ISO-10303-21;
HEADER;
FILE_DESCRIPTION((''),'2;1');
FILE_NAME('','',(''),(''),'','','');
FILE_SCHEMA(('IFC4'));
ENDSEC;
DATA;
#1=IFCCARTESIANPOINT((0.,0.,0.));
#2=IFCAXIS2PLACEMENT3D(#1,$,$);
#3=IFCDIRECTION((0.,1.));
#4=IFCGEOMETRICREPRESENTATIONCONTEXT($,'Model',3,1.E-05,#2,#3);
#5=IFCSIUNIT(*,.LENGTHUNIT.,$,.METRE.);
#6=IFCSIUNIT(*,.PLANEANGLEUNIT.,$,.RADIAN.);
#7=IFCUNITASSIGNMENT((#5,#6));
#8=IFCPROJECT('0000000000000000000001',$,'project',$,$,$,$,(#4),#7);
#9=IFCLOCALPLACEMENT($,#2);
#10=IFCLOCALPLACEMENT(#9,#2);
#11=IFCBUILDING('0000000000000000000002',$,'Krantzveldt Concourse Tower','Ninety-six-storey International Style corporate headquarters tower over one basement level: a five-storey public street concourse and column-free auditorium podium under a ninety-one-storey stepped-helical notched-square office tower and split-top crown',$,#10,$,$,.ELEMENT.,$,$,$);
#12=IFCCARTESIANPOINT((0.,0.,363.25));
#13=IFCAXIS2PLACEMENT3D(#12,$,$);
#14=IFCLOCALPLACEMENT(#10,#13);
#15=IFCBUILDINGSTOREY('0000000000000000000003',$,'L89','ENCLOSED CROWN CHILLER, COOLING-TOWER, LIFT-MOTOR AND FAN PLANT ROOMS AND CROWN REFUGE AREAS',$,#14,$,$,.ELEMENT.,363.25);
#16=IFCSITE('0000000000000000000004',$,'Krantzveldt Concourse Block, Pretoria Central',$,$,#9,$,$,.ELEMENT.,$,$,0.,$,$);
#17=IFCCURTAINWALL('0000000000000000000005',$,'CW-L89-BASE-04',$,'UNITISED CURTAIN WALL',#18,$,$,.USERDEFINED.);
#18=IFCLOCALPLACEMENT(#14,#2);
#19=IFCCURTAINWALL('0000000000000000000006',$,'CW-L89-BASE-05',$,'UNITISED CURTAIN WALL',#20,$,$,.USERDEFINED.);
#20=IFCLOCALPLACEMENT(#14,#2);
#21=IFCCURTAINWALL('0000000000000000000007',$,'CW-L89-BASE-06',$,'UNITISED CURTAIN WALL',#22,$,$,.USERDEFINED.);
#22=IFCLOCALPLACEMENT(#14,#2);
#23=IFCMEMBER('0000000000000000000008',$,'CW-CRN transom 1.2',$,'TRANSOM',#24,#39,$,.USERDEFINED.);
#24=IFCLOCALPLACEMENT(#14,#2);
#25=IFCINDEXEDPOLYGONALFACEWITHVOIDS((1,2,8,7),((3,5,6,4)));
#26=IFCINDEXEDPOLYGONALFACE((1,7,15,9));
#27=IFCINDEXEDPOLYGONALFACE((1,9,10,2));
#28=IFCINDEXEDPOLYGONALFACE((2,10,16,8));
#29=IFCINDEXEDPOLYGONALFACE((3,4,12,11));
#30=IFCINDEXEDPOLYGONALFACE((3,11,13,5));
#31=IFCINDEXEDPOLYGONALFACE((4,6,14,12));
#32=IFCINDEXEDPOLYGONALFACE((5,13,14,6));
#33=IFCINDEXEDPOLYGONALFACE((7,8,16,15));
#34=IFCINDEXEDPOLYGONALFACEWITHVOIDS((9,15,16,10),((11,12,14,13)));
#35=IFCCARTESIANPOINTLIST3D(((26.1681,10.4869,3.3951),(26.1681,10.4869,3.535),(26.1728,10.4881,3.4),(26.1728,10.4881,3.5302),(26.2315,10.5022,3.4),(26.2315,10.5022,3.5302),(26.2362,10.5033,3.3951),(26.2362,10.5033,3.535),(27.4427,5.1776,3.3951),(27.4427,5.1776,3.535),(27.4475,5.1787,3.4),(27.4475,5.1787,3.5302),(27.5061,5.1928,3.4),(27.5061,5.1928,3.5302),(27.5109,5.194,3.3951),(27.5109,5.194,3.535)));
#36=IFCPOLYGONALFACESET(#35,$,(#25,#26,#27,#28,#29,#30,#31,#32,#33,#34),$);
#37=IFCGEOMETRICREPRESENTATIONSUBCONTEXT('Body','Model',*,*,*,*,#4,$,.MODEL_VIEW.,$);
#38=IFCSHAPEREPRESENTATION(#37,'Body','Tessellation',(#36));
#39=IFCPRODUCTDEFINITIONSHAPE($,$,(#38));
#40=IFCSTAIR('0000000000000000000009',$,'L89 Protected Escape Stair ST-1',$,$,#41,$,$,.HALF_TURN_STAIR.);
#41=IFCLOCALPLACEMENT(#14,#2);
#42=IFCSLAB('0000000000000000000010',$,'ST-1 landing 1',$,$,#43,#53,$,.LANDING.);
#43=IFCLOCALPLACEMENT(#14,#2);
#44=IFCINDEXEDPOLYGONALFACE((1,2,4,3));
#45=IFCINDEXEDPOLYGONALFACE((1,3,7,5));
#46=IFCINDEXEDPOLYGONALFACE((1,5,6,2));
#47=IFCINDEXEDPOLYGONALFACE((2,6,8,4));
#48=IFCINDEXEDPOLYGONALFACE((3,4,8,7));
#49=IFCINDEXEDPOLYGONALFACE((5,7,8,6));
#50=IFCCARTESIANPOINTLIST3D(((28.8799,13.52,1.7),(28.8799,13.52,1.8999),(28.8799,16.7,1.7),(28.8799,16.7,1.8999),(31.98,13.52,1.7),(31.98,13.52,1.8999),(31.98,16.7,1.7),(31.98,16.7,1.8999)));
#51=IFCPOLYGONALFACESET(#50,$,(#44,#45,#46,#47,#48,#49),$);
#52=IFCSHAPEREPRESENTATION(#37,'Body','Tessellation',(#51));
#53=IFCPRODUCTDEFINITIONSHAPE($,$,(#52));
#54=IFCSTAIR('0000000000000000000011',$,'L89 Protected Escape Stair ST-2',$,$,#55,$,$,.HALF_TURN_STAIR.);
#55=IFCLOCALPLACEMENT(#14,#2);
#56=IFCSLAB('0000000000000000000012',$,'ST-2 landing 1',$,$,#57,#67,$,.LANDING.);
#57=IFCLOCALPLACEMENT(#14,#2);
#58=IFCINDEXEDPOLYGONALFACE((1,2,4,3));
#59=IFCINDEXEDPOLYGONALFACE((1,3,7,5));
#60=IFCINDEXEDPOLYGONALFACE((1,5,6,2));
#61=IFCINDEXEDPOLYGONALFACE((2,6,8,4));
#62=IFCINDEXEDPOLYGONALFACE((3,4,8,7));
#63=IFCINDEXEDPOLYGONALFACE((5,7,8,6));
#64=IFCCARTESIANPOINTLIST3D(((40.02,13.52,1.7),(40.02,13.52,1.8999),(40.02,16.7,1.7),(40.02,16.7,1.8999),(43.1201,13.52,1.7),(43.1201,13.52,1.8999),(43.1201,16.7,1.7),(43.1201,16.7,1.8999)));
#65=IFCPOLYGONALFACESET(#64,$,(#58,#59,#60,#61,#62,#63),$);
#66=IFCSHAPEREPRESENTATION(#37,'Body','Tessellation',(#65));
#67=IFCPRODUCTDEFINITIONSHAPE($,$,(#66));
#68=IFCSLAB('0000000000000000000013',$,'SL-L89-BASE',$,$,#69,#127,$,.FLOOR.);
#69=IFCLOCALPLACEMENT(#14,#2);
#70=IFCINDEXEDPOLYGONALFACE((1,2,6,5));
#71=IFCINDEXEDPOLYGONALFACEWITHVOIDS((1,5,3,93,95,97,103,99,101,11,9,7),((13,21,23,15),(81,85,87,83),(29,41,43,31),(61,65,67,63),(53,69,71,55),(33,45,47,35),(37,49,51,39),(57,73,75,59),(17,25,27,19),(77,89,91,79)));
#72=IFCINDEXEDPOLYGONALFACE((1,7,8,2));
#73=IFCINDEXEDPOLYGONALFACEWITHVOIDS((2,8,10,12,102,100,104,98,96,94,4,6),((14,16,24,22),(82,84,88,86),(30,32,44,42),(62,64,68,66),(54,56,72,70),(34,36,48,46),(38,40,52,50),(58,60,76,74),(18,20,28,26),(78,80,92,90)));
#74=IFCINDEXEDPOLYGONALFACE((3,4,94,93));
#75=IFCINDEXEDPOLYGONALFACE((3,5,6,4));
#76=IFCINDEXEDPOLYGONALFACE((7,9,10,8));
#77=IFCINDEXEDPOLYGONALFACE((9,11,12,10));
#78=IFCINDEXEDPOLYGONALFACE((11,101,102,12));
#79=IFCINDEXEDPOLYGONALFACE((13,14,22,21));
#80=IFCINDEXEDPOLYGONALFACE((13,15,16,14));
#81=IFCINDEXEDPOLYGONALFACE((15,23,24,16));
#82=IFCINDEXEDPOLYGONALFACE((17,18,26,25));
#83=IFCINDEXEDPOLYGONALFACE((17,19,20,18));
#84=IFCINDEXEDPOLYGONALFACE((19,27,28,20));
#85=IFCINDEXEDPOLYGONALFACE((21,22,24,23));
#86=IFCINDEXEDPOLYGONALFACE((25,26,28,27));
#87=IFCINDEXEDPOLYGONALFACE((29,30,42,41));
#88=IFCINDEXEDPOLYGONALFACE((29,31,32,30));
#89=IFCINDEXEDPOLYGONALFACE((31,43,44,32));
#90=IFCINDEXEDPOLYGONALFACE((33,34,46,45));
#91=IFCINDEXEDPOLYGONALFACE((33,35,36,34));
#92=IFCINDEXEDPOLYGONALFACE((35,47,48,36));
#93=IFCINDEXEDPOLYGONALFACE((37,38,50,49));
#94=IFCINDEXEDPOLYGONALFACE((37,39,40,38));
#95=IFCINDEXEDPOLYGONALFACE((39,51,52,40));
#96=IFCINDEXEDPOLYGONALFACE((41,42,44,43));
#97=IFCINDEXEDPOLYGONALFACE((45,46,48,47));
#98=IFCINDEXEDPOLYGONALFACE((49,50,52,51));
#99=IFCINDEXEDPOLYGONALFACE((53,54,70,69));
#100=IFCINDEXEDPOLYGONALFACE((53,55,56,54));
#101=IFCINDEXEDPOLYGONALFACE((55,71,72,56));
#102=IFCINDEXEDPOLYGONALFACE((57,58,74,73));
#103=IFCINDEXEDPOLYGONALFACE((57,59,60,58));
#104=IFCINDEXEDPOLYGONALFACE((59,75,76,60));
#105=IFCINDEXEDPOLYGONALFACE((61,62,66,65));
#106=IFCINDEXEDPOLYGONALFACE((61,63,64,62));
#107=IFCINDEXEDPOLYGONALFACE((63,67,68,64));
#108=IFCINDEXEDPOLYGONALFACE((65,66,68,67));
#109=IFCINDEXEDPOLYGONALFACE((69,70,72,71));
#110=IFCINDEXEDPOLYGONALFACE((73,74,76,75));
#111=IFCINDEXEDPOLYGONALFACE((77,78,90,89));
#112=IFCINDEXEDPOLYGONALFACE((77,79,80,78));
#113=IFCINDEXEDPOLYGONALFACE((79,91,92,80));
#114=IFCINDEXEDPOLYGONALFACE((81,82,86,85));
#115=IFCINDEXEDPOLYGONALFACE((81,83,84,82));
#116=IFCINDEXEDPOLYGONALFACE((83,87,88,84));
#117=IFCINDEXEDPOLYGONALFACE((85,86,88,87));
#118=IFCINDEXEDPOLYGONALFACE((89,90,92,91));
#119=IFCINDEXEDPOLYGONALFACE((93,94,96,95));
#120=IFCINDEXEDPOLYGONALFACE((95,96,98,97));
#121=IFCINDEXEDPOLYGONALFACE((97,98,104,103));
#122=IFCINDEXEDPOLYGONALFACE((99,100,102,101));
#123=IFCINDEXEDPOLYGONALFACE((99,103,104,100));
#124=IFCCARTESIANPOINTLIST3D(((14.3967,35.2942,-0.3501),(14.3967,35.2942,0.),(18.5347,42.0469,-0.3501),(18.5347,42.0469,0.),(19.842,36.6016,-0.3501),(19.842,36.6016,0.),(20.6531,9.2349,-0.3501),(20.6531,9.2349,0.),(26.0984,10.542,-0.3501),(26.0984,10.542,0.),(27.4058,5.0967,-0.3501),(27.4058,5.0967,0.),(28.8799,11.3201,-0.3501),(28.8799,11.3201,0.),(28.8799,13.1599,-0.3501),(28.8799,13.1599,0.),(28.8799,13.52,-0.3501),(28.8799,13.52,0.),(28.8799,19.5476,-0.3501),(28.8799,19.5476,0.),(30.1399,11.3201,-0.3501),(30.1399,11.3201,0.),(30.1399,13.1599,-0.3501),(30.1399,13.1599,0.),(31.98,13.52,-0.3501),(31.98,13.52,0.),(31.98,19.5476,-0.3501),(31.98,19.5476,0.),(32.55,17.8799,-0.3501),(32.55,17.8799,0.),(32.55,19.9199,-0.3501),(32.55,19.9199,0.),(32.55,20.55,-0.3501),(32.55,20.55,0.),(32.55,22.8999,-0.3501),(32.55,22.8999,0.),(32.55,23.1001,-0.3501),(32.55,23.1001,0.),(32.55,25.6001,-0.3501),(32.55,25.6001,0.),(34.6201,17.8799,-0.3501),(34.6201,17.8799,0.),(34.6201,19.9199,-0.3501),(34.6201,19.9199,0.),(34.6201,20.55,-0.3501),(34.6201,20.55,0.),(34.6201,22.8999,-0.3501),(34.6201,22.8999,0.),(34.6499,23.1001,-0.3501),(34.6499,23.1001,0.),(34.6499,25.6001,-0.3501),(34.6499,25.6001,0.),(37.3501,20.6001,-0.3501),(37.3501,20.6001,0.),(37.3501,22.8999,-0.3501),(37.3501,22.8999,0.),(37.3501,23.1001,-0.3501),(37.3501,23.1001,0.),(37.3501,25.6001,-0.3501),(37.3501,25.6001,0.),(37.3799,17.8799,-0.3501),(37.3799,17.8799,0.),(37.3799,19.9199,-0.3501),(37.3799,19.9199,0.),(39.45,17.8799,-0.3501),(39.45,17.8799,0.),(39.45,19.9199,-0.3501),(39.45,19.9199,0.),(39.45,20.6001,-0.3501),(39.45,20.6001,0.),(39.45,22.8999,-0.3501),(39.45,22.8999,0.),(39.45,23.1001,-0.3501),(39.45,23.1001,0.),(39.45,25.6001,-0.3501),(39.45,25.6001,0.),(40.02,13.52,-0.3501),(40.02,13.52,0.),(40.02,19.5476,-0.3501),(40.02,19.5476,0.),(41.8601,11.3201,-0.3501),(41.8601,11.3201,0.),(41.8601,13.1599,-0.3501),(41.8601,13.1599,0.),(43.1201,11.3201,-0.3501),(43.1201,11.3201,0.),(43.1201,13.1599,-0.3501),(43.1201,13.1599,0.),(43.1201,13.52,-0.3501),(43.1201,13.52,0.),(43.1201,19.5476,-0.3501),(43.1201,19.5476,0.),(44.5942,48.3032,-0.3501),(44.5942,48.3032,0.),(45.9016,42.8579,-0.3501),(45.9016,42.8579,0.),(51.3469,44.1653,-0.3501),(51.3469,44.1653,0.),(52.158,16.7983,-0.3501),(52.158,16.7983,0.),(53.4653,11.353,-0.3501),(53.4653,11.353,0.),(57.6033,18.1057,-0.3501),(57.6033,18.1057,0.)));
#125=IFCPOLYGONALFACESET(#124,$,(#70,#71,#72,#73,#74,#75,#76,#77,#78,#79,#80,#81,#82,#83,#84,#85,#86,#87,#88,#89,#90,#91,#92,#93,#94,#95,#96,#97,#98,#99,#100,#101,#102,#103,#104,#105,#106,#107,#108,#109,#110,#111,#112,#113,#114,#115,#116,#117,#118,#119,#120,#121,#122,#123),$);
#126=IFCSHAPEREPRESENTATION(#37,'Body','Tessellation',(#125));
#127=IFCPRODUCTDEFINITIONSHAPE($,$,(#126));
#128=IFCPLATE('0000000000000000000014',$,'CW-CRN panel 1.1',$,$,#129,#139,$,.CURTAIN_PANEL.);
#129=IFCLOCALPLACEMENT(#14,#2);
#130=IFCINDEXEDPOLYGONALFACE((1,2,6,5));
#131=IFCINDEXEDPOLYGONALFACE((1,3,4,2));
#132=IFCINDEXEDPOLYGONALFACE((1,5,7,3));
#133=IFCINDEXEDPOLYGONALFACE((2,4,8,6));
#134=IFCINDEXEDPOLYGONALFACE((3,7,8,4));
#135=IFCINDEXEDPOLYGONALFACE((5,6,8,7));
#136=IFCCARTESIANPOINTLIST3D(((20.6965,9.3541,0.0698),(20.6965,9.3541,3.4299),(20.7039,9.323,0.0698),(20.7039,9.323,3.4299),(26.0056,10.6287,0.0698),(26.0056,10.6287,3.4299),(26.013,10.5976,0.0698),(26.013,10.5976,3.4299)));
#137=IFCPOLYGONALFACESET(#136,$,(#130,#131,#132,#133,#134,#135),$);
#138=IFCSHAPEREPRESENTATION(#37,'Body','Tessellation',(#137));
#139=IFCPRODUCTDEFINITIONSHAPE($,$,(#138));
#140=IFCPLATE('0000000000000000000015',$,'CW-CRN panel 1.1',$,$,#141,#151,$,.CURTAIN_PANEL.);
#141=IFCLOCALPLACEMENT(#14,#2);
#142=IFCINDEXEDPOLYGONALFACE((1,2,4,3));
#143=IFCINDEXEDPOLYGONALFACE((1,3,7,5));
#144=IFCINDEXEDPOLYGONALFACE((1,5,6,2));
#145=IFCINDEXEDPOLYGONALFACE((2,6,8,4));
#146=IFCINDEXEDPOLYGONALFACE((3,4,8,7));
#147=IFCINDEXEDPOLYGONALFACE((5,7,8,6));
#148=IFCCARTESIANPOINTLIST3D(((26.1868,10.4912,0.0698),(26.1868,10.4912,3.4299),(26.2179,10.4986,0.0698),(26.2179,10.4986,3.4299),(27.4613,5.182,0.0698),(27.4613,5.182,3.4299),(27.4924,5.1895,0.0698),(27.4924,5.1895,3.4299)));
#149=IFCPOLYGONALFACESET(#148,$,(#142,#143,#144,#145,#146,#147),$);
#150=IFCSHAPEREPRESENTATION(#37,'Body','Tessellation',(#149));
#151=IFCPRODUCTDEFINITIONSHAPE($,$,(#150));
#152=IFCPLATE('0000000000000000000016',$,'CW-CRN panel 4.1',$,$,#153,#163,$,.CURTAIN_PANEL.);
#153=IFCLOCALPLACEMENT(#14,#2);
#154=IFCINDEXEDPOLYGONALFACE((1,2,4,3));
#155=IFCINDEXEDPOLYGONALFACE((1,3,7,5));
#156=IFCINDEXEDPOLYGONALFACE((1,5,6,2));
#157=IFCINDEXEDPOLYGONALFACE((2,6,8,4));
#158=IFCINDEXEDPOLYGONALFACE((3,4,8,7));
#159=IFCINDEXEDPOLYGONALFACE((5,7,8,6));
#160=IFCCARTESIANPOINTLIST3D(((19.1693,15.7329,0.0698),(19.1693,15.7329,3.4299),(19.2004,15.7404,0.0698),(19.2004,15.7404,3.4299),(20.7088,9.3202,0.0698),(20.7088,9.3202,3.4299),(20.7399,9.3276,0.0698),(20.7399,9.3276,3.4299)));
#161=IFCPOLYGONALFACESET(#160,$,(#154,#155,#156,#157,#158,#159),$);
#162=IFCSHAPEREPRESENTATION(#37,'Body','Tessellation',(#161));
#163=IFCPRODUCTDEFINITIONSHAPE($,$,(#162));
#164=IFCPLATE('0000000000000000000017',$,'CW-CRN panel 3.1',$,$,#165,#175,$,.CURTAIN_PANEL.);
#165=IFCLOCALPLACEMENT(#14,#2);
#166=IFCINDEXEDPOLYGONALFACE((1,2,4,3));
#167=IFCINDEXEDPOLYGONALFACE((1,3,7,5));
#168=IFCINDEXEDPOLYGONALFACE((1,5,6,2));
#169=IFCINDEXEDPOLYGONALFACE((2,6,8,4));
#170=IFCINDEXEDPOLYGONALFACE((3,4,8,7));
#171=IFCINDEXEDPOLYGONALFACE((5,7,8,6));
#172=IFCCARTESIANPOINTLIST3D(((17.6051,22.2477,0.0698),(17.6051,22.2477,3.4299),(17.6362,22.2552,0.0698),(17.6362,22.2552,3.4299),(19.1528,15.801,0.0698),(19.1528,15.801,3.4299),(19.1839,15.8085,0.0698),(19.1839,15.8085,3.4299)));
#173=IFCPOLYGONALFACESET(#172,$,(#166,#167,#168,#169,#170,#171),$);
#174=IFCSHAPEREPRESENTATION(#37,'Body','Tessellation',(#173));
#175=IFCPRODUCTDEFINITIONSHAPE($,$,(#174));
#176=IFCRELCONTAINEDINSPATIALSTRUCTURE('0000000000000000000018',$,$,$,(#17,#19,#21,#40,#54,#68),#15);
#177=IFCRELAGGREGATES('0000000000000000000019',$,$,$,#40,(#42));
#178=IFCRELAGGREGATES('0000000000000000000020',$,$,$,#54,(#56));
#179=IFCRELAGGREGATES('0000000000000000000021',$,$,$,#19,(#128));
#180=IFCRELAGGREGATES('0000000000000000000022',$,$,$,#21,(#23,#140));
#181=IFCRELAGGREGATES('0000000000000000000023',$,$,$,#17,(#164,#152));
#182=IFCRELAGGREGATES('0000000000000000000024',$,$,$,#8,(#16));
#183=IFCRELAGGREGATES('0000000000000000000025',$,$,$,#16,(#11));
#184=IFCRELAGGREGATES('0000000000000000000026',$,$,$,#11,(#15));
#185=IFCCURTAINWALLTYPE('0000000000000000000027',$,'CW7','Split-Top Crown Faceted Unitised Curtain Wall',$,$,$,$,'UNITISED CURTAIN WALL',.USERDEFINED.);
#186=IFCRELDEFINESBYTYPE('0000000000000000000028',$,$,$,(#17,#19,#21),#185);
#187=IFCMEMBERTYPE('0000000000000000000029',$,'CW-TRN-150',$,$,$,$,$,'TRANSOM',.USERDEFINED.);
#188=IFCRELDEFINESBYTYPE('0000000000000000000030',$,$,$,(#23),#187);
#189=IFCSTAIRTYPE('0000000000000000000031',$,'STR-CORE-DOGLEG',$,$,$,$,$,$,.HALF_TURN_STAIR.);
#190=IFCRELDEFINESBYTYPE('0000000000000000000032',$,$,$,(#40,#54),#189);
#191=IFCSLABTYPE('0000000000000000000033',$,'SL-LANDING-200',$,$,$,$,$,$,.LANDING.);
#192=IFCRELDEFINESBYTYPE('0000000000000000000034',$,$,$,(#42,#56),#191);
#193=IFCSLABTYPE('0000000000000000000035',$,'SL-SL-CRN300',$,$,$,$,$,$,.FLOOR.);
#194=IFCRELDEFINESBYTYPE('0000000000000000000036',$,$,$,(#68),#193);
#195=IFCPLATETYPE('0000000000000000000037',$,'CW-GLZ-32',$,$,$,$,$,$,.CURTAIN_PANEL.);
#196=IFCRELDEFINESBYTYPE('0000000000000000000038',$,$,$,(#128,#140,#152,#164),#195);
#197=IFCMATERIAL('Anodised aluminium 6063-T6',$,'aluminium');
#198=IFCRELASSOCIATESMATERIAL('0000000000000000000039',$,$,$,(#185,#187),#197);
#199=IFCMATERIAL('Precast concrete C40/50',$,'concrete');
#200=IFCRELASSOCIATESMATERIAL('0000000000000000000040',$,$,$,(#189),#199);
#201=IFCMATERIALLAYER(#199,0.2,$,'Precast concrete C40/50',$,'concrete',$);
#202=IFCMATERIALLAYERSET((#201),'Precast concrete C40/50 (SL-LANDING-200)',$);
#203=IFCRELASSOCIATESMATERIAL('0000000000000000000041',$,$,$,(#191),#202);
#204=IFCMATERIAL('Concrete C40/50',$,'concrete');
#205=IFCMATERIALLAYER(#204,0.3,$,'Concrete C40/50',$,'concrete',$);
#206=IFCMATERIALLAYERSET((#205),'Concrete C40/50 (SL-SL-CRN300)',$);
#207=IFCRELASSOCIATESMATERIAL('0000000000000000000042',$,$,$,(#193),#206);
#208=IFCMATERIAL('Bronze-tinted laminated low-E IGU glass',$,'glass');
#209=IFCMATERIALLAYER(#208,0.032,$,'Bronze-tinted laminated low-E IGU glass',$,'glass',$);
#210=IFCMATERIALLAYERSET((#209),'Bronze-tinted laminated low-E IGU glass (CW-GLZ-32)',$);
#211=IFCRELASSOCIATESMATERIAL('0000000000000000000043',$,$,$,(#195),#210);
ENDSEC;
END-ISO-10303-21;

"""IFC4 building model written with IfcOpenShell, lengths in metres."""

from ifc_helpers import new_model, si_unit, direction, frame, origin, origin_2d, place, context, subcontext, project, spatial, polyline, rectangle, hollow_rectangle, outline, extrude, source, transform, mapped, material, layer, layer_set, material_profile, profile_set, type_object, type_shapes, element, aggregate, save


model = new_model("IFC4")

# Units and contexts
model_context = context("Model", 3, precision=1e-05, world=origin(), true_north=direction((0.0, 1.0)))
body_context = subcontext(model_context, "Body", "Model", "MODEL_VIEW")
ifc_project = project(units=[si_unit("LENGTHUNIT", "METRE"), si_unit("PLANEANGLEUNIT", "RADIAN")], contexts=[model_context])

# Site, building, storey
site_placement = place(None, origin())
site = spatial("IfcSite", under=ifc_project, at=site_placement, Name="Krantzveldt Concourse Block, Pretoria Central", CompositionType="ELEMENT", RefElevation=0.0)
building_placement = place(site_placement, origin())
building = spatial("IfcBuilding", under=site, at=building_placement, Name="Krantzveldt Concourse Tower", Description="Ninety-six-storey International Style corporate headquarters tower over one basement level: a five-storey public street concourse and column-free auditorium podium under a ninety-one-storey stepped-helical notched-square office tower and split-top crown", CompositionType="ELEMENT")
storey_placement = place(building_placement, frame((0.0, 0.0, 363.25)))
storey = spatial("IfcBuildingStorey", under=building, at=storey_placement, Name="L89", Description="ENCLOSED CROWN CHILLER, COOLING-TOWER, LIFT-MOTOR AND FAN PLANT ROOMS AND CROWN REFUGE AREAS", CompositionType="ELEMENT", Elevation=363.25)

# Curtain walls
ifc_material_1 = material(Name="Anodised aluminium 6063-T6", Category="aluminium")
curtain_wall_type = type_object("IfcCurtainWallType", Name="CW7", Description="Split-Top Crown Faceted Unitised Curtain Wall", ElementType="UNITISED CURTAIN WALL", PredefinedType="USERDEFINED", material=ifc_material_1)
curtain_wall_1_placement = place(storey_placement, origin())
curtain_wall_1 = element("IfcCurtainWall", 1, at=curtain_wall_1_placement, inside=storey, type_object=curtain_wall_type, Name="CW-L89-BASE-04", ObjectType="UNITISED CURTAIN WALL", PredefinedType="USERDEFINED")
ifc_material_profile_1 = material_profile(ifc_material_1, hollow_rectangle(XDim=0.0701, YDim=0.1399, WallThickness=0.0049, at=origin_2d()), Name="Anodised aluminium 6063-T6", Category="aluminium")
ifc_profile_set_1 = profile_set([ifc_material_profile_1], Name="Anodised aluminium 6063-T6 - ALU-TRAN 140x70x5")
member_type_1 = type_object("IfcMemberType", Name="CW-TRN-150", ElementType="TRANSOM", PredefinedType="USERDEFINED", material=ifc_profile_set_1)
curtain_wall_2_placement = place(storey_placement, origin())
curtain_wall_2 = element("IfcCurtainWall", 2, at=curtain_wall_2_placement, inside=storey, type_object=curtain_wall_type, Name="CW-L89-BASE-05", ObjectType="UNITISED CURTAIN WALL", PredefinedType="USERDEFINED")

# Curtain wall
curtain_wall_3_placement = place(storey_placement, origin())
curtain_wall_3 = element("IfcCurtainWall", 3, at=curtain_wall_3_placement, inside=storey, type_object=curtain_wall_type, Name="CW-L89-BASE-06", ObjectType="UNITISED CURTAIN WALL", PredefinedType="USERDEFINED")

# Member
shared_shape_1 = source(origin(), body_context, "Body", "SweptSolid", [
    extrude(hollow_rectangle(XDim=0.0701, YDim=0.1399, WallThickness=0.0049, at=origin_2d()), origin(), (0.0, 0.0, 1.0), 5.4602),
])
member_1_placement = place(storey_placement, frame((26.2021, 10.4951, 3.4651), z_axis=(0.233446, -0.97237, 0.0), x_axis=(0.97237, 0.233446, 0.0)))
member_1 = element("IfcMember", 4, at=member_1_placement, type_object=member_type_1, Name="CW-CRN transom 1.2", ObjectType="TRANSOM", PredefinedType="USERDEFINED", context=body_context, shape_type="MappedRepresentation", body=[
    mapped(shared_shape_1, transform((0.0, 0.0, 0.0), x_axis=(1.0, 0.0, 0.0), y_axis=(0.0, 1.0, 0.0), z_axis=(0.0, 0.0, 1.0), scale=1.0)),
])

# Stairs, slabs
ifc_material_2 = material(Name="Precast concrete C40/50", Category="concrete")
stair_type = type_object("IfcStairType", Name="STR-CORE-DOGLEG", PredefinedType="HALF_TURN_STAIR", material=ifc_material_2)
stair_1_placement = place(storey_placement, origin())
stair_1 = element("IfcStair", 5, at=stair_1_placement, inside=storey, type_object=stair_type, Name="L89 Protected Escape Stair ST-1", PredefinedType="HALF_TURN_STAIR")
ifc_layer_1 = layer(ifc_material_2, 0.2, Name="Precast concrete C40/50", Category="concrete")
ifc_layer_set_1 = layer_set([ifc_layer_1], Name="Precast concrete C40/50 (SL-LANDING-200)")
slab_type_1 = type_object("IfcSlabType", Name="SL-LANDING-200", PredefinedType="LANDING", material=ifc_layer_set_1)
slab_1_placement = place(storey_placement, frame((0.0, 0.0, 1.7)))
slab_1 = element("IfcSlab", 6, at=slab_1_placement, type_object=slab_type_1, Name="ST-1 landing 1", PredefinedType="LANDING", context=body_context, shape_type="SweptSolid", body=[
    extrude(outline(polyline([(28.8799, 16.7), (28.8799, 13.52), (31.98, 13.52), (31.98, 16.7), (28.8799, 16.7)])), origin(), (0.0, 0.0, 1.0), 0.2),
])
aggregate(stair_1, [slab_1])
stair_2_placement = place(storey_placement, origin())
stair_2 = element("IfcStair", 7, at=stair_2_placement, inside=storey, type_object=stair_type, Name="L89 Protected Escape Stair ST-2", PredefinedType="HALF_TURN_STAIR")
slab_2_placement = place(storey_placement, frame((0.0, 0.0, 1.7)))
slab_2 = element("IfcSlab", 8, at=slab_2_placement, type_object=slab_type_1, Name="ST-2 landing 1", PredefinedType="LANDING", context=body_context, shape_type="SweptSolid", body=[
    extrude(outline(polyline([(40.02, 16.7), (40.02, 13.52), (43.1201, 13.52), (43.1201, 16.7), (40.02, 16.7)])), origin(), (0.0, 0.0, 1.0), 0.2),
])
aggregate(stair_2, [slab_2])

# Slab
ifc_material_3 = material(Name="Concrete C40/50", Category="concrete")
ifc_layer_2 = layer(ifc_material_3, 0.3, Name="Concrete C40/50", Category="concrete")
ifc_layer_set_2 = layer_set([ifc_layer_2], Name="Concrete C40/50 (SL-SL-CRN300)")
slab_type_2 = type_object("IfcSlabType", Name="SL-SL-CRN300", PredefinedType="FLOOR", material=ifc_layer_set_2)
slab_3_placement = place(storey_placement, frame((0.0, 0.0, -0.3501)))
element("IfcSlab", 9, at=slab_3_placement, inside=storey, type_object=slab_type_2, Name="SL-L89-BASE", PredefinedType="FLOOR", context=body_context, shape_type="SweptSolid", body=[
    extrude(outline(polyline([(45.9016, 42.8579), (44.5942, 48.3032), (18.5347, 42.0469), (19.842, 36.6016), (14.3967, 35.2942), (20.6531, 9.2349), (26.0984, 10.542), (27.4058, 5.0967), (53.4653, 11.353), (52.158, 16.7983), (57.6033, 18.1057), (51.3469, 44.1653), (45.9016, 42.8579)]), holes=[polyline([(28.8799, 19.5476), (28.8799, 13.52), (31.98, 13.52), (31.98, 19.5476), (28.8799, 19.5476)]), polyline([(40.02, 19.5476), (40.02, 13.52), (43.1201, 13.52), (43.1201, 19.5476), (40.02, 19.5476)]), polyline([(32.55, 23.1001), (34.6499, 23.1001), (34.6499, 25.6001), (32.55, 25.6001), (32.55, 23.1001)]), polyline([(37.3501, 23.1001), (39.45, 23.1001), (39.45, 25.6001), (37.3501, 25.6001), (37.3501, 23.1001)]), polyline([(37.3501, 20.6001), (39.45, 20.6001), (39.45, 22.8999), (37.3501, 22.8999), (37.3501, 20.6001)]), polyline([(32.55, 20.55), (34.6201, 20.55), (34.6201, 22.8999), (32.55, 22.8999), (32.55, 20.55)]), polyline([(32.55, 17.8799), (34.6201, 17.8799), (34.6201, 19.9199), (32.55, 19.9199), (32.55, 17.8799)]), polyline([(37.3799, 17.8799), (39.45, 17.8799), (39.45, 19.9199), (37.3799, 19.9199), (37.3799, 17.8799)]), polyline([(28.8799, 11.3201), (30.1399, 11.3201), (30.1399, 13.1599), (28.8799, 13.1599), (28.8799, 11.3201)]), polyline([(41.8601, 11.3201), (43.1201, 11.3201), (43.1201, 13.1599), (41.8601, 13.1599), (41.8601, 11.3201)])]), origin(), (0.0, 0.0, 1.0), 0.3501),
])

# Plates
ifc_material_4 = material(Name="Bronze-tinted laminated low-E IGU glass", Category="glass")
ifc_layer_3 = layer(ifc_material_4, 0.032, Name="Bronze-tinted laminated low-E IGU glass", Category="glass")
ifc_layer_set_3 = layer_set([ifc_layer_3], Name="Bronze-tinted laminated low-E IGU glass (CW-GLZ-32)")
plate_type = type_object("IfcPlateType", Name="CW-GLZ-32", PredefinedType="CURTAIN_PANEL", material=ifc_layer_set_3)
shared_shape_2 = source(origin(), body_context, "Body", "SweptSolid", [
    extrude(rectangle(XDim=5.46, YDim=0.032, at=origin_2d()), origin(), (0.0, 0.0, 1.0), 3.3601),
])
plate_1_placement = place(storey_placement, frame((23.3547, 9.9758, 0.0698), z_axis=(0.0, 0.0, 1.0), x_axis=(0.97237, 0.233446, 0.0)))
plate_1 = element("IfcPlate", 10, at=plate_1_placement, type_object=plate_type, Name="CW-CRN panel 1.1", PredefinedType="CURTAIN_PANEL", context=body_context, shape_type="MappedRepresentation", body=[
    mapped(shared_shape_2, transform((0.0, 0.0, 0.0), x_axis=(1.0, 0.0, 0.0), y_axis=(0.0, 1.0, 0.0), z_axis=(0.0, 0.0, 1.0), scale=1.0)),
])
aggregate(curtain_wall_2, [plate_1])
plate_2_placement = place(storey_placement, frame((26.8396, 7.8403, 0.0698), z_axis=(0.0, 0.0, 1.0), x_axis=(0.233444, -0.97237, 0.0)))
plate_2 = element("IfcPlate", 11, at=plate_2_placement, type_object=plate_type, Name="CW-CRN panel 1.1", PredefinedType="CURTAIN_PANEL", context=body_context, shape_type="MappedRepresentation", body=[
    mapped(shared_shape_2, transform((0.0, 0.0, 0.0), x_axis=(1.0, 0.0, 0.0), y_axis=(0.0, 1.0, 0.0), z_axis=(0.0, 0.0, 1.0), scale=1.0)),
])
aggregate(curtain_wall_3, [member_1, plate_2])
shared_shape_3 = source(origin(), body_context, "Body", "SweptSolid", [
    extrude(rectangle(XDim=6.595, YDim=0.032, at=origin_2d()), origin(), (0.0, 0.0, 1.0), 3.3601),
])
plate_3_placement = place(storey_placement, frame((19.9546, 12.5303, 0.0698), z_axis=(0.0, 0.0, 1.0), x_axis=(0.233445, -0.97237, 0.0)))
plate_3 = element("IfcPlate", 12, at=plate_3_placement, type_object=plate_type, Name="CW-CRN panel 4.1", PredefinedType="CURTAIN_PANEL", context=body_context, shape_type="MappedRepresentation", body=[
    mapped(shared_shape_3, transform((0.0, 0.0, 0.0), x_axis=(1.0, 0.0, 0.0), y_axis=(0.0, 1.0, 0.0), z_axis=(0.0, 0.0, 1.0), scale=1.0)),
])
shared_shape_4 = source(origin(), body_context, "Body", "SweptSolid", [
    extrude(rectangle(XDim=6.6299, YDim=0.032, at=origin_2d()), origin(), (0.0, 0.0, 1.0), 3.3601),
])
type_shapes(plate_type, [shared_shape_2, shared_shape_3, shared_shape_4])
plate_4_placement = place(storey_placement, frame((18.3945, 19.0281, 0.0698), z_axis=(0.0, 0.0, 1.0), x_axis=(0.233445, -0.97237, 0.0)))
plate_4 = element("IfcPlate", 13, at=plate_4_placement, type_object=plate_type, Name="CW-CRN panel 3.1", PredefinedType="CURTAIN_PANEL", context=body_context, shape_type="MappedRepresentation", body=[
    mapped(shared_shape_4, transform((0.0, 0.0, 0.0), x_axis=(1.0, 0.0, 0.0), y_axis=(0.0, 1.0, 0.0), z_axis=(0.0, 0.0, 1.0), scale=1.0)),
])
aggregate(curtain_wall_1, [plate_4, plate_3])

save(model, "model.ifc")
